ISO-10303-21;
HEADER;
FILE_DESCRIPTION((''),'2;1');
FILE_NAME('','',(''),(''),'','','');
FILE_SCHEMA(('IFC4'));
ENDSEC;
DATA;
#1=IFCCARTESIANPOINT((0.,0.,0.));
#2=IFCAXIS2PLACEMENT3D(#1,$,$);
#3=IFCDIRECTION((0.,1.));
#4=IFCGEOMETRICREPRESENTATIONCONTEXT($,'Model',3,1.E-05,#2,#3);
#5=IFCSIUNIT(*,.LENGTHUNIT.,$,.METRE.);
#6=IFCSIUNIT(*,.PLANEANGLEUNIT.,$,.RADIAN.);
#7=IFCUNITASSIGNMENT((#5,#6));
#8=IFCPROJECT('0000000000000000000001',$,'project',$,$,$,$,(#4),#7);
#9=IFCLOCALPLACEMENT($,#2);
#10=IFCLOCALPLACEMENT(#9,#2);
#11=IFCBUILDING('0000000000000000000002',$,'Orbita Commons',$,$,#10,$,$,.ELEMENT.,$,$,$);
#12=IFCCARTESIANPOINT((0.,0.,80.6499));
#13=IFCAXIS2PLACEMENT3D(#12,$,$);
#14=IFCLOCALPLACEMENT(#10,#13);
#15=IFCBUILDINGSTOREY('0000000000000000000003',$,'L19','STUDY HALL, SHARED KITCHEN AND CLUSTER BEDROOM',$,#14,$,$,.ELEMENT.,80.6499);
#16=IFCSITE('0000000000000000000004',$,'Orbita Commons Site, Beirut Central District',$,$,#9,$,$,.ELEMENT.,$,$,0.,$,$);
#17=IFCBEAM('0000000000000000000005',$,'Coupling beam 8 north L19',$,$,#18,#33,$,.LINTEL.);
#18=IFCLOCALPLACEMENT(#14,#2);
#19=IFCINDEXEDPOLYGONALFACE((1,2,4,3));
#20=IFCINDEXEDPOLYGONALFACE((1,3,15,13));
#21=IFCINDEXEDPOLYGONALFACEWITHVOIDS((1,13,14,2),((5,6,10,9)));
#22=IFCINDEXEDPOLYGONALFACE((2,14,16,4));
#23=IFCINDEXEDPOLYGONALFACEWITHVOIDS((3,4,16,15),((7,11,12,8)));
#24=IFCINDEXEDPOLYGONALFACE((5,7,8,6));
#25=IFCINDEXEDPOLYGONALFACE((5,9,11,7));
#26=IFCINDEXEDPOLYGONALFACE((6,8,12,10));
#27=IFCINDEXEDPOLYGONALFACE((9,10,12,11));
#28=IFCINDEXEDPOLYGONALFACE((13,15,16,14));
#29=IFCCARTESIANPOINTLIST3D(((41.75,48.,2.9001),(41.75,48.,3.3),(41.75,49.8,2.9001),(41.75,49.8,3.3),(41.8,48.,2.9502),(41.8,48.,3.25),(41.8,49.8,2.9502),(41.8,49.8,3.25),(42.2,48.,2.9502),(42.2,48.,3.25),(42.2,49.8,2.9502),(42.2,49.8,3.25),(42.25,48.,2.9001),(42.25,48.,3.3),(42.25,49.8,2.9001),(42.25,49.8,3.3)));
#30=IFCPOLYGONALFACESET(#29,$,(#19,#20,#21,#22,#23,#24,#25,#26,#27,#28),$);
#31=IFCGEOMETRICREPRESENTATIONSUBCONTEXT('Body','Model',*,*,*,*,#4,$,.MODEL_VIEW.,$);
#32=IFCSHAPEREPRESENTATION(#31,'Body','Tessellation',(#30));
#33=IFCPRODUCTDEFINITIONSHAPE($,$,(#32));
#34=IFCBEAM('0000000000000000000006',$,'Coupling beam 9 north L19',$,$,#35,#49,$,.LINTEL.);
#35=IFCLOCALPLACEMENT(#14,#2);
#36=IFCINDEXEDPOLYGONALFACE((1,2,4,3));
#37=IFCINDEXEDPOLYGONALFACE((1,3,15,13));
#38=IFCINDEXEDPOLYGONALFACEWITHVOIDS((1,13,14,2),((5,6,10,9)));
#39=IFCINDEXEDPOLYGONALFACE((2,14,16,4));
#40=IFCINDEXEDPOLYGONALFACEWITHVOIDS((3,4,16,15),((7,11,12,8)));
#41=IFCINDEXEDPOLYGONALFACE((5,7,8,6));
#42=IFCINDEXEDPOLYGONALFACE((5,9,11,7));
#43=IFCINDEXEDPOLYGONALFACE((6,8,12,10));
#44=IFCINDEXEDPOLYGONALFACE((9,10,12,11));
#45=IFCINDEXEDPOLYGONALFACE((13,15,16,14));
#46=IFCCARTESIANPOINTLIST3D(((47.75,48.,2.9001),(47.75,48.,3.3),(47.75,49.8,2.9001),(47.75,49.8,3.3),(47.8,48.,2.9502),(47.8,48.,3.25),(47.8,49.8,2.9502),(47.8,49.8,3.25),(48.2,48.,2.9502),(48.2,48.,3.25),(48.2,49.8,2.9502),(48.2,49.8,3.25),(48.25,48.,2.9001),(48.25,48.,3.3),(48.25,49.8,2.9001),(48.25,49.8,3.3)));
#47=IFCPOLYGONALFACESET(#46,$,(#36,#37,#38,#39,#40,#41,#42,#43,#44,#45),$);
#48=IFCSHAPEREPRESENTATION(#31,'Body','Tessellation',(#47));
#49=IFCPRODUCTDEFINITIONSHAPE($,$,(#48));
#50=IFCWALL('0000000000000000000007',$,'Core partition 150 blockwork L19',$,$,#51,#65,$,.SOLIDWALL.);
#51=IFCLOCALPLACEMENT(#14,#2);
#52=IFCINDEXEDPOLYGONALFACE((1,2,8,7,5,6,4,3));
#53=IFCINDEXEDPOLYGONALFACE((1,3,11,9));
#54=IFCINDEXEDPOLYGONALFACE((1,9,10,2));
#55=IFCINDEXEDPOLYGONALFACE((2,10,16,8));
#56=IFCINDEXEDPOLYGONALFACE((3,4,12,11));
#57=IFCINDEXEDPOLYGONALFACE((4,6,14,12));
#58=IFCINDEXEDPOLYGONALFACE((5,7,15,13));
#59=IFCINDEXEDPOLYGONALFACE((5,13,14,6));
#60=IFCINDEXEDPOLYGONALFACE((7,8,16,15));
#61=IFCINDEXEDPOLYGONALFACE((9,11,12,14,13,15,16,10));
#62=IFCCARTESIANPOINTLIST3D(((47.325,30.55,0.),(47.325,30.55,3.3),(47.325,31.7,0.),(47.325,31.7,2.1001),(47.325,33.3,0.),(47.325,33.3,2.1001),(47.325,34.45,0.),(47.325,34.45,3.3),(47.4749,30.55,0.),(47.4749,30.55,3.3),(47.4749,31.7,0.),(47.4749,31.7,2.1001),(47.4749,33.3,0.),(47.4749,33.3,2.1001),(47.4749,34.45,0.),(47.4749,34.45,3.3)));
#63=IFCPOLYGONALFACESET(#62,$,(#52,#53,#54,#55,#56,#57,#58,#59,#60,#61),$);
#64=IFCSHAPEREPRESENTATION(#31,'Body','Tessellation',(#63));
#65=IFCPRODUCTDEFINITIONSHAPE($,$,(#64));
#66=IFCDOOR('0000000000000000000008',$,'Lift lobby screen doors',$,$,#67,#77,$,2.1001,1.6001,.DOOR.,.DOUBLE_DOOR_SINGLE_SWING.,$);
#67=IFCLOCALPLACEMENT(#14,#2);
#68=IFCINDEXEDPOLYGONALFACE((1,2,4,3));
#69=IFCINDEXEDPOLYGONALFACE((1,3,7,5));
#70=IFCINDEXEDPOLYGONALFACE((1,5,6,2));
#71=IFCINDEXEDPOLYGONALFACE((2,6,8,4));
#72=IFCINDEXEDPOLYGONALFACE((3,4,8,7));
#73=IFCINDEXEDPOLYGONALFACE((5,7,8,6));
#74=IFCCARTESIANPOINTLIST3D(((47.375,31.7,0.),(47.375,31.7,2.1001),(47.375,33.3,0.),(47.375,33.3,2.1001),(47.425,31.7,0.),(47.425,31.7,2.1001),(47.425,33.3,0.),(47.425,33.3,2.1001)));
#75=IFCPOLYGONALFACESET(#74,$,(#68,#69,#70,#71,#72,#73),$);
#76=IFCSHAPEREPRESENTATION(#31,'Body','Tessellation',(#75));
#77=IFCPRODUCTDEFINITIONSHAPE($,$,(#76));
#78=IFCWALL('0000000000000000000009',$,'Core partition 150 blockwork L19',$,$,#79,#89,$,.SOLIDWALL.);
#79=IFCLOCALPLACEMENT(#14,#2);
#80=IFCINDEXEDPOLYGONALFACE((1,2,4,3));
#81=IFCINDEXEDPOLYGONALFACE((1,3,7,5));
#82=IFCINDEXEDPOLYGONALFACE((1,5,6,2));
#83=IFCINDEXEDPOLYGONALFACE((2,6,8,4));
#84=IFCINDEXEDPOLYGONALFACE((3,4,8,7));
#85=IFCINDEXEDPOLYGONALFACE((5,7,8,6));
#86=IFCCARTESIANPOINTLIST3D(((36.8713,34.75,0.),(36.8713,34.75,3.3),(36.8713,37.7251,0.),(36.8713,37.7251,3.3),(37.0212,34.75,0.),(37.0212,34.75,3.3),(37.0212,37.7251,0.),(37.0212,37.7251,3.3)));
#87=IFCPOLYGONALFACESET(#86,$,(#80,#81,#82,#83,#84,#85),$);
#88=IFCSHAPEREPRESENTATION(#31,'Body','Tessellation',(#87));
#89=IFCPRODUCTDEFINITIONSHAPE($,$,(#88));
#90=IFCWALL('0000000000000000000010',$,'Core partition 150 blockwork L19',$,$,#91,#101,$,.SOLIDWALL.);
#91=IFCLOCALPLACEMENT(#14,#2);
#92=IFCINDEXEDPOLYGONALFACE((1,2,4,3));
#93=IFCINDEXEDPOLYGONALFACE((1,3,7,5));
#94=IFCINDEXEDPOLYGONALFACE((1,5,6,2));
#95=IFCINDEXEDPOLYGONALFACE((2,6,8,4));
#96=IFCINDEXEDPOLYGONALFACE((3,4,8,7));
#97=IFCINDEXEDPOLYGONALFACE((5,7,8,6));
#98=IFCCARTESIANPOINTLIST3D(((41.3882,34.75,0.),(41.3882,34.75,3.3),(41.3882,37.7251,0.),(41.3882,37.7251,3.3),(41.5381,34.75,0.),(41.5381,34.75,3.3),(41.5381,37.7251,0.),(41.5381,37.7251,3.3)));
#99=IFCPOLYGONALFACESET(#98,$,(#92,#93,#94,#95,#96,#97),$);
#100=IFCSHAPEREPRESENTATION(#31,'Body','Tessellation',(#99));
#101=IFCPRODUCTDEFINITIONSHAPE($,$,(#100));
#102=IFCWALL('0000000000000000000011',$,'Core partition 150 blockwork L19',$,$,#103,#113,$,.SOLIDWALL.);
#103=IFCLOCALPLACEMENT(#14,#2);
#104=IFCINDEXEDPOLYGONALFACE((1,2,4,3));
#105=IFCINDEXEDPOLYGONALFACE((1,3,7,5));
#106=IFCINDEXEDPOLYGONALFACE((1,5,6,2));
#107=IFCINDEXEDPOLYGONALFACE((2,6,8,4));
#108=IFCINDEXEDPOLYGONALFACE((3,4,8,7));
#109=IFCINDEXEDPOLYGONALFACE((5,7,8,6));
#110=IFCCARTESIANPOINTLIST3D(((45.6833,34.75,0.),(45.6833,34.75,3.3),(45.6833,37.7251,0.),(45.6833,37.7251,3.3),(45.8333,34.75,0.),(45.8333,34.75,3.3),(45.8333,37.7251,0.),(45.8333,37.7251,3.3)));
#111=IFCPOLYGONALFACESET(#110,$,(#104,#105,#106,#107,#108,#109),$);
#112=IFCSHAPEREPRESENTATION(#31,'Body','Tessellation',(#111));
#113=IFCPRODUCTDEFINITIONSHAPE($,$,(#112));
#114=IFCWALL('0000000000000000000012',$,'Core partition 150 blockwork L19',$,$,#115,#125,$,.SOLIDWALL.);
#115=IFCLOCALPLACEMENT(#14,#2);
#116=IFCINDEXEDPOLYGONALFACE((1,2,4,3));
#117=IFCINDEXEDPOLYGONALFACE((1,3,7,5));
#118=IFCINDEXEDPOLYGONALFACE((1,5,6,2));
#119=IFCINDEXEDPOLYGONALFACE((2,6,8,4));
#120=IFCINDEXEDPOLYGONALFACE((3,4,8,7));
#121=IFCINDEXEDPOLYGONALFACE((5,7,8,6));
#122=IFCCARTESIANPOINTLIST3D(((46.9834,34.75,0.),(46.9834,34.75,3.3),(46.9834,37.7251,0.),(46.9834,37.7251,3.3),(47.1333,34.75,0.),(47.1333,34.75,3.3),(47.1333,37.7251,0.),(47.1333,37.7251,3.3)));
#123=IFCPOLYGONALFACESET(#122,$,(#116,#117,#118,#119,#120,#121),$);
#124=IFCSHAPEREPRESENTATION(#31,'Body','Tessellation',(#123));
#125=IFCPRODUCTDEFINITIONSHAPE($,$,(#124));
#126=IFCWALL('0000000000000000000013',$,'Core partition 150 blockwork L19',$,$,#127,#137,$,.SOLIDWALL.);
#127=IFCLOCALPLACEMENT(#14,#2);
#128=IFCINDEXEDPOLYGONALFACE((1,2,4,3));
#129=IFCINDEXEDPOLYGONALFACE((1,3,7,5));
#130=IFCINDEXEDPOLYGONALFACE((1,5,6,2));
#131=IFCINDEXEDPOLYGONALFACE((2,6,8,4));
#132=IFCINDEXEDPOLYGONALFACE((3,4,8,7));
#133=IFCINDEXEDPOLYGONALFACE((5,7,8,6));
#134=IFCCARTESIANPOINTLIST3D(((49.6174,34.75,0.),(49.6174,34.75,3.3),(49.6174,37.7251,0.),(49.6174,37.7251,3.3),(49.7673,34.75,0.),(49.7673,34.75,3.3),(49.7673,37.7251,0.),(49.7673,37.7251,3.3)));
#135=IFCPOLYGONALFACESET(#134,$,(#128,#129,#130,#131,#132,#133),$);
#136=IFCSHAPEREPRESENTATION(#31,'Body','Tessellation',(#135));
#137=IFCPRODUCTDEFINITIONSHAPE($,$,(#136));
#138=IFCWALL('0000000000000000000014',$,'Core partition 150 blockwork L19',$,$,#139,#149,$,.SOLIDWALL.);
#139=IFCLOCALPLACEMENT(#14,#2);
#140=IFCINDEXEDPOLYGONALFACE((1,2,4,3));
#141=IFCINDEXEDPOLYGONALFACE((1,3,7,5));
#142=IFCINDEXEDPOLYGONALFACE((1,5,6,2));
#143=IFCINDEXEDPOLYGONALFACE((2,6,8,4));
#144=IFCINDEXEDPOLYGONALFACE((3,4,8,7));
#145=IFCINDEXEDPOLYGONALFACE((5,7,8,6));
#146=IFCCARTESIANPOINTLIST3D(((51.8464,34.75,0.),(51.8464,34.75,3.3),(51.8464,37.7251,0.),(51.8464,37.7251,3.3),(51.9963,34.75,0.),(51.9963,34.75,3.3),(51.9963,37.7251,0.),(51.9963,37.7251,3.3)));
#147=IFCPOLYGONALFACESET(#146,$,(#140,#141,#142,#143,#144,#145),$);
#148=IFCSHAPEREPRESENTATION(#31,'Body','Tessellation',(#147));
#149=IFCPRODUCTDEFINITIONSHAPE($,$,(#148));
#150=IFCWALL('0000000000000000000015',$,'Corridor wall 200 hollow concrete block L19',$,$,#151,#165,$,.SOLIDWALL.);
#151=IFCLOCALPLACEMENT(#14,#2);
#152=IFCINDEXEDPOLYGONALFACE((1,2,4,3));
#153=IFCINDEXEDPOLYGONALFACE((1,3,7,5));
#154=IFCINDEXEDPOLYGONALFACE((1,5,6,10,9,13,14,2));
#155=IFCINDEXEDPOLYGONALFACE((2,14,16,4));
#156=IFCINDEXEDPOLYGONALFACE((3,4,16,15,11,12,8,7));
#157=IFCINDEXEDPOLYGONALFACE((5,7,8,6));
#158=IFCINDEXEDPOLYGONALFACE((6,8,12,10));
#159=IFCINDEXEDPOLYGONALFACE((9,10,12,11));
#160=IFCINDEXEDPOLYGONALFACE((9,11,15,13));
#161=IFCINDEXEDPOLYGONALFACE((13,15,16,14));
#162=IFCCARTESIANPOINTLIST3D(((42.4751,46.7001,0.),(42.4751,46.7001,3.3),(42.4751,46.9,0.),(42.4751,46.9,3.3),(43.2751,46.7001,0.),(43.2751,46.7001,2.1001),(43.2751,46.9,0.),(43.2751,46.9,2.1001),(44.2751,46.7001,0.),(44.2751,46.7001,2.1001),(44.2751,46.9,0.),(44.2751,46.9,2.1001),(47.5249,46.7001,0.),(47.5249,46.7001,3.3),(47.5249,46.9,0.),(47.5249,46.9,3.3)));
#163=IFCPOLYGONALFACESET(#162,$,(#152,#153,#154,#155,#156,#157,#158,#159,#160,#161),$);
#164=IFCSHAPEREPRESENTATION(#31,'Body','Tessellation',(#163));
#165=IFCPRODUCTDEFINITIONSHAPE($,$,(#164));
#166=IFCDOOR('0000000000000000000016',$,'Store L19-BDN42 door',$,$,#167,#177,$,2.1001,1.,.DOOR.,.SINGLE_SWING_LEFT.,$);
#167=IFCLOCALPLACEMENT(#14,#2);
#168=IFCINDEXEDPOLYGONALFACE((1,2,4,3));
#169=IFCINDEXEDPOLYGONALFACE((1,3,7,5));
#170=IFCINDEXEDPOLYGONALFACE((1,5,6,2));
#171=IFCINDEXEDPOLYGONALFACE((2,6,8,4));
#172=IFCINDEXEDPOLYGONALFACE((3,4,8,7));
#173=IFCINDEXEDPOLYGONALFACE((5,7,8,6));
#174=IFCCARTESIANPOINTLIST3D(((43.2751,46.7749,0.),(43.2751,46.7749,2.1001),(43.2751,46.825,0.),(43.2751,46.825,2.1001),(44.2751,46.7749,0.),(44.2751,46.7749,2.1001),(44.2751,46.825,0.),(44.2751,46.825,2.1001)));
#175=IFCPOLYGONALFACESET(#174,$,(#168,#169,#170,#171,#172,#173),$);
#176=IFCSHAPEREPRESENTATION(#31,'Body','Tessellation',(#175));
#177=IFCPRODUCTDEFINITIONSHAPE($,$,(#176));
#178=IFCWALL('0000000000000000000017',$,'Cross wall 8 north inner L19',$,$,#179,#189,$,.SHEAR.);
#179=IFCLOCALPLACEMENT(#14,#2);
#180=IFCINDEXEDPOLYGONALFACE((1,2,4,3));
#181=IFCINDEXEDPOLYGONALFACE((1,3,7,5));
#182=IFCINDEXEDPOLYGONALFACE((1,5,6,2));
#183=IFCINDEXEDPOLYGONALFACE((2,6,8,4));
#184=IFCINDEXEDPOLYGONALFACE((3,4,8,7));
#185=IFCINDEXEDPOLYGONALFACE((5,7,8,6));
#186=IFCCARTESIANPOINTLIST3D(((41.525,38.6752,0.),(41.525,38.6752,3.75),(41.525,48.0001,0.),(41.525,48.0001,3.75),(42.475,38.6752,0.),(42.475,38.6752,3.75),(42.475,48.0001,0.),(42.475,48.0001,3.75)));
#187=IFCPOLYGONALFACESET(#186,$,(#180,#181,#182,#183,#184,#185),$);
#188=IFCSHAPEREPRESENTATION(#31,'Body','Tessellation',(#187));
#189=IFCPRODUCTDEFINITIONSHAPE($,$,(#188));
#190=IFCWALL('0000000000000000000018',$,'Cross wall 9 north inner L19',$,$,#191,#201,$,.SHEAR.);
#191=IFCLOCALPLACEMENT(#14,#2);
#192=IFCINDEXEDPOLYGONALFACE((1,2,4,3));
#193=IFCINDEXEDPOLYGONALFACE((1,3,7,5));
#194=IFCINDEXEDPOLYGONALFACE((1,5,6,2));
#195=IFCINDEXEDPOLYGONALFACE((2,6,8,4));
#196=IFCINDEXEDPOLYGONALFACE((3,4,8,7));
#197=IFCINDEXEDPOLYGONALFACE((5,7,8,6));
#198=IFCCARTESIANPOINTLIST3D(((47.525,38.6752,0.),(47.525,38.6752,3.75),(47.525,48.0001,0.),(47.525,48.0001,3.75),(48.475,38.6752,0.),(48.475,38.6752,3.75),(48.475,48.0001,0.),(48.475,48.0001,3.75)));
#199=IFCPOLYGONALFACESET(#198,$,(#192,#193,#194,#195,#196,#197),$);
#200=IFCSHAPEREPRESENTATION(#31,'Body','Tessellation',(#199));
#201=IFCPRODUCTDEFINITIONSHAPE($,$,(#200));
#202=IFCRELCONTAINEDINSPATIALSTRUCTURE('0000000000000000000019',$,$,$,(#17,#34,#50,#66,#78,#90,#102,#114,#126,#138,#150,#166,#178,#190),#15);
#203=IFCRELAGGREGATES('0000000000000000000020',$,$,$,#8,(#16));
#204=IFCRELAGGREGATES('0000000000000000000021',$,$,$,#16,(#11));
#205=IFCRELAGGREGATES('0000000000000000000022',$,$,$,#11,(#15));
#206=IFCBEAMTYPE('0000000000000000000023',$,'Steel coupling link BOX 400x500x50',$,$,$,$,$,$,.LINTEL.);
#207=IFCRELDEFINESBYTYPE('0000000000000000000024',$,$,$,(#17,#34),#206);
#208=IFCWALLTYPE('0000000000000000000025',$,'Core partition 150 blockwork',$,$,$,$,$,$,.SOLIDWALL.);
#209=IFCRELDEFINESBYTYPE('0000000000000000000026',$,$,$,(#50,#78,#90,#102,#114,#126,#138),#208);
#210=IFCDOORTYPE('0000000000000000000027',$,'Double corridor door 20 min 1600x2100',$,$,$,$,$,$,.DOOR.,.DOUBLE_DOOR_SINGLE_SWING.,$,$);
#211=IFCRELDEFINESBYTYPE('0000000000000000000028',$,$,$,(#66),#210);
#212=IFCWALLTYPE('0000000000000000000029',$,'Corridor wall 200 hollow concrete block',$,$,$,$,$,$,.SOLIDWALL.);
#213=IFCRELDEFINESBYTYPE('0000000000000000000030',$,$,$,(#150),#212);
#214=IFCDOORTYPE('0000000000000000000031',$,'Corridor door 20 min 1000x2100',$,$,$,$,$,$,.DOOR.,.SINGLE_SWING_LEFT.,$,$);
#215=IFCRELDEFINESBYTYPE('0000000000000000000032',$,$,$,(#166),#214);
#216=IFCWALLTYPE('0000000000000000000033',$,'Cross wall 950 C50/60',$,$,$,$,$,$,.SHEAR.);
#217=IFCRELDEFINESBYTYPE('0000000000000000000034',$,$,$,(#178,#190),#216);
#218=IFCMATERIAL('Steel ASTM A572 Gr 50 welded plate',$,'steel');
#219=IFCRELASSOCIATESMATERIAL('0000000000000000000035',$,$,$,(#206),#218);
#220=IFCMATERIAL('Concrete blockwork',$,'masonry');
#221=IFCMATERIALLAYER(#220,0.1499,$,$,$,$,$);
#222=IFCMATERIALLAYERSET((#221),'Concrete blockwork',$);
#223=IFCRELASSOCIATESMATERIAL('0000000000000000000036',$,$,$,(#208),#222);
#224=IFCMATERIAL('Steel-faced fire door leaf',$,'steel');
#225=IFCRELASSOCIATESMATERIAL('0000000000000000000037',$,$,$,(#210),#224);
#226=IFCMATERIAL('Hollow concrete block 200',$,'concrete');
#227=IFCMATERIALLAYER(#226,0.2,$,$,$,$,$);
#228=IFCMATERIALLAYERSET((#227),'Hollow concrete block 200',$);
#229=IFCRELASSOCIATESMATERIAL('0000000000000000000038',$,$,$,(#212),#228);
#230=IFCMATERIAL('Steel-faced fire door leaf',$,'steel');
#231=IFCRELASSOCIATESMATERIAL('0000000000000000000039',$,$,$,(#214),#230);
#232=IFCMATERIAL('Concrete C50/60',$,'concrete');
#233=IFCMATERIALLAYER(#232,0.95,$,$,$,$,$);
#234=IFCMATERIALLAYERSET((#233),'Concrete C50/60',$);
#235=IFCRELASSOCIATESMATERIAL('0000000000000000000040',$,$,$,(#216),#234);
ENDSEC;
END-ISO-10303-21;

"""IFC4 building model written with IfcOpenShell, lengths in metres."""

from ifc_helpers import new_model, si_unit, direction, frame, frame_2d, origin, origin_2d, place, context, subcontext, project, spatial, rectangle, hollow_rectangle, extrude, material, layer, layer_set, material_profile, profile_set, type_object, element, fill, save


model = new_model("IFC4")

# Units and contexts
model_context = context("Model", 3, precision=1e-05, world=origin(), true_north=direction((0.0, 1.0)))
body_context = subcontext(model_context, "Body", "Model", "MODEL_VIEW")
ifc_project = project(units=[si_unit("LENGTHUNIT", "METRE"), si_unit("PLANEANGLEUNIT", "RADIAN")], contexts=[model_context])

# Site, building, storey
site_placement = place(None, origin())
site = spatial("IfcSite", under=ifc_project, at=site_placement, Name="Orbita Commons Site, Beirut Central District", CompositionType="ELEMENT", RefElevation=0.0)
building_placement = place(site_placement, origin())
building = spatial("IfcBuilding", under=site, at=building_placement, Name="Orbita Commons", CompositionType="ELEMENT")
storey_placement = place(building_placement, frame((0.0, 0.0, 80.6499)))
storey = spatial("IfcBuildingStorey", under=building, at=storey_placement, Name="L19", Description="STUDY HALL, SHARED KITCHEN AND CLUSTER BEDROOM", CompositionType="ELEMENT", Elevation=80.6499)

# Beams
ifc_material_1 = material(Name="Steel ASTM A572 Gr 50 welded plate", Category="steel")
ifc_material_profile = material_profile(ifc_material_1, hollow_rectangle(XDim=0.5, YDim=0.3999, WallThickness=0.05, at=origin_2d()), Name="BOX 400x500x50")
ifc_profile_set = profile_set([ifc_material_profile], Name="Steel ASTM A572 Gr 50 welded plate")
beam_type = type_object("IfcBeamType", Name="Steel coupling link BOX 400x500x50", PredefinedType="LINTEL", material=ifc_profile_set)
for number, where, z_axis, x_axis, name in (
    (1, (42.0, 48.0, 3.1001), (0.0, 1.0, 0.0), (-1.0, 0.0, 0.0), "Coupling beam 8 north L19"),
    (2, (48.0, 48.0, 3.1001), (0.0, 1.0, 0.0), (-1.0, 0.0, 0.0), "Coupling beam 9 north L19"),
):
    element("IfcBeam", number, at=place(storey_placement, frame(where, z_axis=z_axis, x_axis=x_axis)), inside=storey, type_object=beam_type, Name=name, PredefinedType="LINTEL", context=body_context, shape_type="SweptSolid", body=[
        extrude(hollow_rectangle(XDim=0.5, YDim=0.3999, WallThickness=0.05, at=origin_2d()), origin(), (0.0, 0.0, 1.0), 1.8),
    ])

# Wall, opening, door
ifc_material_2 = material(Name="Concrete blockwork", Category="masonry")
ifc_layer_1 = layer(ifc_material_2, 0.1499)
ifc_layer_set_1 = layer_set([ifc_layer_1], Name="Concrete blockwork")
wall_type_1 = type_object("IfcWallType", Name="Core partition 150 blockwork", PredefinedType="SOLIDWALL", material=ifc_layer_set_1)
wall_1_placement = place(storey_placement, frame((47.3999, 30.55, 0.0), z_axis=(0.0, 0.0, 1.0), x_axis=(0.0, 1.0, 0.0)))
wall_1 = element("IfcWall", 3, at=wall_1_placement, inside=storey, type_object=wall_type_1, Name="Core partition 150 blockwork L19", PredefinedType="SOLIDWALL", context=body_context, shape_type="SweptSolid", body=[
    extrude(rectangle(XDim=3.8999, YDim=0.1499, at=frame_2d((1.95, 0.0))), origin(), (0.0, 0.0, 1.0), 3.3),
])
opening_1_placement = place(wall_1_placement, frame((1.1499, 0.0, 0.0)))
opening_1 = element("IfcOpeningElement", 4, at=opening_1_placement, cuts=wall_1, PredefinedType="OPENING", context=body_context, shape_type="SweptSolid", body=[
    extrude(rectangle(XDim=1.6001, YDim=2.1001, at=frame_2d((0.8, 1.05))), frame((0.0, 0.085, 0.0), z_axis=(0.0, -1.0, 0.0), x_axis=(1.0, 0.0, 0.0)), (0.0, 0.0, 1.0), 0.1699),
])
ifc_material_3 = material(Name="Steel-faced fire door leaf", Category="steel")
door_type_1 = type_object("IfcDoorType", Name="Double corridor door 20 min 1600x2100", OperationType="DOUBLE_DOOR_SINGLE_SWING", PredefinedType="DOOR", material=ifc_material_3)
door_1_placement = place(opening_1_placement, origin())
door_1 = element("IfcDoor", 5, at=door_1_placement, inside=storey, type_object=door_type_1, Name="Lift lobby screen doors", OperationType="DOUBLE_DOOR_SINGLE_SWING", OverallHeight=2.1001, OverallWidth=1.6001, PredefinedType="DOOR", context=body_context, shape_type="SweptSolid", body=[
    extrude(rectangle(XDim=1.6001, YDim=2.1001, at=frame_2d((0.8, 1.05))), frame((0.0, 0.0249, 0.0), z_axis=(0.0, -1.0, 0.0), x_axis=(1.0, 0.0, 0.0)), (0.0, 0.0, 1.0), 0.05),
])
fill(opening_1, door_1)

# Walls
for number, where, z_axis, x_axis, name in (
    (6, (36.9463, 34.75, 0.0), (0.0, 0.0, 1.0), (0.0, 1.0, 0.0), "Core partition 150 blockwork L19"),
    (7, (41.4631, 34.75, 0.0), (0.0, 0.0, 1.0), (0.0, 1.0, 0.0), "Core partition 150 blockwork L19"),
    (8, (45.7583, 34.75, 0.0), (0.0, 0.0, 1.0), (0.0, 1.0, 0.0), "Core partition 150 blockwork L19"),
    (9, (47.0583, 34.75, 0.0), (0.0, 0.0, 1.0), (0.0, 1.0, 0.0), "Core partition 150 blockwork L19"),
    (10, (49.6924, 34.75, 0.0), (0.0, 0.0, 1.0), (0.0, 1.0, 0.0), "Core partition 150 blockwork L19"),
    (11, (51.9214, 34.75, 0.0), (0.0, 0.0, 1.0), (0.0, 1.0, 0.0), "Core partition 150 blockwork L19"),
):
    element("IfcWall", number, at=place(storey_placement, frame(where, z_axis=z_axis, x_axis=x_axis)), inside=storey, type_object=wall_type_1, Name=name, PredefinedType="SOLIDWALL", context=body_context, shape_type="SweptSolid", body=[
        extrude(rectangle(XDim=2.9751, YDim=0.1499, at=frame_2d((1.4875, 0.0))), origin(), (0.0, 0.0, 1.0), 3.3),
    ])

# Wall, opening, door
ifc_material_4 = material(Name="Hollow concrete block 200", Category="concrete")
ifc_layer_2 = layer(ifc_material_4, 0.2)
ifc_layer_set_2 = layer_set([ifc_layer_2], Name="Hollow concrete block 200")
wall_type_2 = type_object("IfcWallType", Name="Corridor wall 200 hollow concrete block", PredefinedType="SOLIDWALL", material=ifc_layer_set_2)
wall_2_placement = place(storey_placement, frame((42.4751, 46.8, 0.0), z_axis=(0.0, 0.0, 1.0), x_axis=(1.0, 0.0, 0.0)))
wall_2 = element("IfcWall", 12, at=wall_2_placement, inside=storey, type_object=wall_type_2, Name="Corridor wall 200 hollow concrete block L19", PredefinedType="SOLIDWALL", context=body_context, shape_type="SweptSolid", body=[
    extrude(rectangle(XDim=5.0498, YDim=0.2, at=frame_2d((2.5249, 0.0))), origin(), (0.0, 0.0, 1.0), 3.3),
])
opening_2_placement = place(wall_2_placement, frame((0.8, 0.0, 0.0)))
opening_2 = element("IfcOpeningElement", 13, at=opening_2_placement, cuts=wall_2, PredefinedType="OPENING", context=body_context, shape_type="SweptSolid", body=[
    extrude(rectangle(XDim=1.0, YDim=2.1001, at=frame_2d((0.5, 1.05))), frame((0.0, 0.1099, 0.0), z_axis=(0.0, -1.0, 0.0), x_axis=(1.0, 0.0, 0.0)), (0.0, 0.0, 1.0), 0.22),
])
ifc_material_5 = material(Name="Steel-faced fire door leaf", Category="steel")
door_type_2 = type_object("IfcDoorType", Name="Corridor door 20 min 1000x2100", OperationType="SINGLE_SWING_LEFT", PredefinedType="DOOR", material=ifc_material_5)
door_2_placement = place(opening_2_placement, origin())
door_2 = element("IfcDoor", 14, at=door_2_placement, inside=storey, type_object=door_type_2, Name="Store L19-BDN42 door", OperationType="SINGLE_SWING_LEFT", OverallHeight=2.1001, OverallWidth=1.0, PredefinedType="DOOR", context=body_context, shape_type="SweptSolid", body=[
    extrude(rectangle(XDim=1.0, YDim=2.1001, at=frame_2d((0.5, 1.05))), frame((0.0, 0.0249, 0.0), z_axis=(0.0, -1.0, 0.0), x_axis=(1.0, 0.0, 0.0)), (0.0, 0.0, 1.0), 0.05),
])
fill(opening_2, door_2)

# Walls
ifc_material_6 = material(Name="Concrete C50/60", Category="concrete")
ifc_layer_3 = layer(ifc_material_6, 0.95)
ifc_layer_set_3 = layer_set([ifc_layer_3], Name="Concrete C50/60")
wall_type_3 = type_object("IfcWallType", Name="Cross wall 950 C50/60", PredefinedType="SHEAR", material=ifc_layer_set_3)
for number, where, z_axis, x_axis, name in (
    (15, (42.0, 38.675, 0.0), (0.0, 0.0, 1.0), (0.0, 1.0, 0.0), "Cross wall 8 north inner L19"),
    (16, (48.0, 38.675, 0.0), (0.0, 0.0, 1.0), (0.0, 1.0, 0.0), "Cross wall 9 north inner L19"),
):
    element("IfcWall", number, at=place(storey_placement, frame(where, z_axis=z_axis, x_axis=x_axis)), inside=storey, type_object=wall_type_3, Name=name, PredefinedType="SHEAR", context=body_context, shape_type="SweptSolid", body=[
        extrude(rectangle(XDim=9.325, YDim=0.95, at=frame_2d((4.6626, 0.0))), origin(), (0.0, 0.0, 1.0), 3.75),
    ])

save(model, "model.ifc")
